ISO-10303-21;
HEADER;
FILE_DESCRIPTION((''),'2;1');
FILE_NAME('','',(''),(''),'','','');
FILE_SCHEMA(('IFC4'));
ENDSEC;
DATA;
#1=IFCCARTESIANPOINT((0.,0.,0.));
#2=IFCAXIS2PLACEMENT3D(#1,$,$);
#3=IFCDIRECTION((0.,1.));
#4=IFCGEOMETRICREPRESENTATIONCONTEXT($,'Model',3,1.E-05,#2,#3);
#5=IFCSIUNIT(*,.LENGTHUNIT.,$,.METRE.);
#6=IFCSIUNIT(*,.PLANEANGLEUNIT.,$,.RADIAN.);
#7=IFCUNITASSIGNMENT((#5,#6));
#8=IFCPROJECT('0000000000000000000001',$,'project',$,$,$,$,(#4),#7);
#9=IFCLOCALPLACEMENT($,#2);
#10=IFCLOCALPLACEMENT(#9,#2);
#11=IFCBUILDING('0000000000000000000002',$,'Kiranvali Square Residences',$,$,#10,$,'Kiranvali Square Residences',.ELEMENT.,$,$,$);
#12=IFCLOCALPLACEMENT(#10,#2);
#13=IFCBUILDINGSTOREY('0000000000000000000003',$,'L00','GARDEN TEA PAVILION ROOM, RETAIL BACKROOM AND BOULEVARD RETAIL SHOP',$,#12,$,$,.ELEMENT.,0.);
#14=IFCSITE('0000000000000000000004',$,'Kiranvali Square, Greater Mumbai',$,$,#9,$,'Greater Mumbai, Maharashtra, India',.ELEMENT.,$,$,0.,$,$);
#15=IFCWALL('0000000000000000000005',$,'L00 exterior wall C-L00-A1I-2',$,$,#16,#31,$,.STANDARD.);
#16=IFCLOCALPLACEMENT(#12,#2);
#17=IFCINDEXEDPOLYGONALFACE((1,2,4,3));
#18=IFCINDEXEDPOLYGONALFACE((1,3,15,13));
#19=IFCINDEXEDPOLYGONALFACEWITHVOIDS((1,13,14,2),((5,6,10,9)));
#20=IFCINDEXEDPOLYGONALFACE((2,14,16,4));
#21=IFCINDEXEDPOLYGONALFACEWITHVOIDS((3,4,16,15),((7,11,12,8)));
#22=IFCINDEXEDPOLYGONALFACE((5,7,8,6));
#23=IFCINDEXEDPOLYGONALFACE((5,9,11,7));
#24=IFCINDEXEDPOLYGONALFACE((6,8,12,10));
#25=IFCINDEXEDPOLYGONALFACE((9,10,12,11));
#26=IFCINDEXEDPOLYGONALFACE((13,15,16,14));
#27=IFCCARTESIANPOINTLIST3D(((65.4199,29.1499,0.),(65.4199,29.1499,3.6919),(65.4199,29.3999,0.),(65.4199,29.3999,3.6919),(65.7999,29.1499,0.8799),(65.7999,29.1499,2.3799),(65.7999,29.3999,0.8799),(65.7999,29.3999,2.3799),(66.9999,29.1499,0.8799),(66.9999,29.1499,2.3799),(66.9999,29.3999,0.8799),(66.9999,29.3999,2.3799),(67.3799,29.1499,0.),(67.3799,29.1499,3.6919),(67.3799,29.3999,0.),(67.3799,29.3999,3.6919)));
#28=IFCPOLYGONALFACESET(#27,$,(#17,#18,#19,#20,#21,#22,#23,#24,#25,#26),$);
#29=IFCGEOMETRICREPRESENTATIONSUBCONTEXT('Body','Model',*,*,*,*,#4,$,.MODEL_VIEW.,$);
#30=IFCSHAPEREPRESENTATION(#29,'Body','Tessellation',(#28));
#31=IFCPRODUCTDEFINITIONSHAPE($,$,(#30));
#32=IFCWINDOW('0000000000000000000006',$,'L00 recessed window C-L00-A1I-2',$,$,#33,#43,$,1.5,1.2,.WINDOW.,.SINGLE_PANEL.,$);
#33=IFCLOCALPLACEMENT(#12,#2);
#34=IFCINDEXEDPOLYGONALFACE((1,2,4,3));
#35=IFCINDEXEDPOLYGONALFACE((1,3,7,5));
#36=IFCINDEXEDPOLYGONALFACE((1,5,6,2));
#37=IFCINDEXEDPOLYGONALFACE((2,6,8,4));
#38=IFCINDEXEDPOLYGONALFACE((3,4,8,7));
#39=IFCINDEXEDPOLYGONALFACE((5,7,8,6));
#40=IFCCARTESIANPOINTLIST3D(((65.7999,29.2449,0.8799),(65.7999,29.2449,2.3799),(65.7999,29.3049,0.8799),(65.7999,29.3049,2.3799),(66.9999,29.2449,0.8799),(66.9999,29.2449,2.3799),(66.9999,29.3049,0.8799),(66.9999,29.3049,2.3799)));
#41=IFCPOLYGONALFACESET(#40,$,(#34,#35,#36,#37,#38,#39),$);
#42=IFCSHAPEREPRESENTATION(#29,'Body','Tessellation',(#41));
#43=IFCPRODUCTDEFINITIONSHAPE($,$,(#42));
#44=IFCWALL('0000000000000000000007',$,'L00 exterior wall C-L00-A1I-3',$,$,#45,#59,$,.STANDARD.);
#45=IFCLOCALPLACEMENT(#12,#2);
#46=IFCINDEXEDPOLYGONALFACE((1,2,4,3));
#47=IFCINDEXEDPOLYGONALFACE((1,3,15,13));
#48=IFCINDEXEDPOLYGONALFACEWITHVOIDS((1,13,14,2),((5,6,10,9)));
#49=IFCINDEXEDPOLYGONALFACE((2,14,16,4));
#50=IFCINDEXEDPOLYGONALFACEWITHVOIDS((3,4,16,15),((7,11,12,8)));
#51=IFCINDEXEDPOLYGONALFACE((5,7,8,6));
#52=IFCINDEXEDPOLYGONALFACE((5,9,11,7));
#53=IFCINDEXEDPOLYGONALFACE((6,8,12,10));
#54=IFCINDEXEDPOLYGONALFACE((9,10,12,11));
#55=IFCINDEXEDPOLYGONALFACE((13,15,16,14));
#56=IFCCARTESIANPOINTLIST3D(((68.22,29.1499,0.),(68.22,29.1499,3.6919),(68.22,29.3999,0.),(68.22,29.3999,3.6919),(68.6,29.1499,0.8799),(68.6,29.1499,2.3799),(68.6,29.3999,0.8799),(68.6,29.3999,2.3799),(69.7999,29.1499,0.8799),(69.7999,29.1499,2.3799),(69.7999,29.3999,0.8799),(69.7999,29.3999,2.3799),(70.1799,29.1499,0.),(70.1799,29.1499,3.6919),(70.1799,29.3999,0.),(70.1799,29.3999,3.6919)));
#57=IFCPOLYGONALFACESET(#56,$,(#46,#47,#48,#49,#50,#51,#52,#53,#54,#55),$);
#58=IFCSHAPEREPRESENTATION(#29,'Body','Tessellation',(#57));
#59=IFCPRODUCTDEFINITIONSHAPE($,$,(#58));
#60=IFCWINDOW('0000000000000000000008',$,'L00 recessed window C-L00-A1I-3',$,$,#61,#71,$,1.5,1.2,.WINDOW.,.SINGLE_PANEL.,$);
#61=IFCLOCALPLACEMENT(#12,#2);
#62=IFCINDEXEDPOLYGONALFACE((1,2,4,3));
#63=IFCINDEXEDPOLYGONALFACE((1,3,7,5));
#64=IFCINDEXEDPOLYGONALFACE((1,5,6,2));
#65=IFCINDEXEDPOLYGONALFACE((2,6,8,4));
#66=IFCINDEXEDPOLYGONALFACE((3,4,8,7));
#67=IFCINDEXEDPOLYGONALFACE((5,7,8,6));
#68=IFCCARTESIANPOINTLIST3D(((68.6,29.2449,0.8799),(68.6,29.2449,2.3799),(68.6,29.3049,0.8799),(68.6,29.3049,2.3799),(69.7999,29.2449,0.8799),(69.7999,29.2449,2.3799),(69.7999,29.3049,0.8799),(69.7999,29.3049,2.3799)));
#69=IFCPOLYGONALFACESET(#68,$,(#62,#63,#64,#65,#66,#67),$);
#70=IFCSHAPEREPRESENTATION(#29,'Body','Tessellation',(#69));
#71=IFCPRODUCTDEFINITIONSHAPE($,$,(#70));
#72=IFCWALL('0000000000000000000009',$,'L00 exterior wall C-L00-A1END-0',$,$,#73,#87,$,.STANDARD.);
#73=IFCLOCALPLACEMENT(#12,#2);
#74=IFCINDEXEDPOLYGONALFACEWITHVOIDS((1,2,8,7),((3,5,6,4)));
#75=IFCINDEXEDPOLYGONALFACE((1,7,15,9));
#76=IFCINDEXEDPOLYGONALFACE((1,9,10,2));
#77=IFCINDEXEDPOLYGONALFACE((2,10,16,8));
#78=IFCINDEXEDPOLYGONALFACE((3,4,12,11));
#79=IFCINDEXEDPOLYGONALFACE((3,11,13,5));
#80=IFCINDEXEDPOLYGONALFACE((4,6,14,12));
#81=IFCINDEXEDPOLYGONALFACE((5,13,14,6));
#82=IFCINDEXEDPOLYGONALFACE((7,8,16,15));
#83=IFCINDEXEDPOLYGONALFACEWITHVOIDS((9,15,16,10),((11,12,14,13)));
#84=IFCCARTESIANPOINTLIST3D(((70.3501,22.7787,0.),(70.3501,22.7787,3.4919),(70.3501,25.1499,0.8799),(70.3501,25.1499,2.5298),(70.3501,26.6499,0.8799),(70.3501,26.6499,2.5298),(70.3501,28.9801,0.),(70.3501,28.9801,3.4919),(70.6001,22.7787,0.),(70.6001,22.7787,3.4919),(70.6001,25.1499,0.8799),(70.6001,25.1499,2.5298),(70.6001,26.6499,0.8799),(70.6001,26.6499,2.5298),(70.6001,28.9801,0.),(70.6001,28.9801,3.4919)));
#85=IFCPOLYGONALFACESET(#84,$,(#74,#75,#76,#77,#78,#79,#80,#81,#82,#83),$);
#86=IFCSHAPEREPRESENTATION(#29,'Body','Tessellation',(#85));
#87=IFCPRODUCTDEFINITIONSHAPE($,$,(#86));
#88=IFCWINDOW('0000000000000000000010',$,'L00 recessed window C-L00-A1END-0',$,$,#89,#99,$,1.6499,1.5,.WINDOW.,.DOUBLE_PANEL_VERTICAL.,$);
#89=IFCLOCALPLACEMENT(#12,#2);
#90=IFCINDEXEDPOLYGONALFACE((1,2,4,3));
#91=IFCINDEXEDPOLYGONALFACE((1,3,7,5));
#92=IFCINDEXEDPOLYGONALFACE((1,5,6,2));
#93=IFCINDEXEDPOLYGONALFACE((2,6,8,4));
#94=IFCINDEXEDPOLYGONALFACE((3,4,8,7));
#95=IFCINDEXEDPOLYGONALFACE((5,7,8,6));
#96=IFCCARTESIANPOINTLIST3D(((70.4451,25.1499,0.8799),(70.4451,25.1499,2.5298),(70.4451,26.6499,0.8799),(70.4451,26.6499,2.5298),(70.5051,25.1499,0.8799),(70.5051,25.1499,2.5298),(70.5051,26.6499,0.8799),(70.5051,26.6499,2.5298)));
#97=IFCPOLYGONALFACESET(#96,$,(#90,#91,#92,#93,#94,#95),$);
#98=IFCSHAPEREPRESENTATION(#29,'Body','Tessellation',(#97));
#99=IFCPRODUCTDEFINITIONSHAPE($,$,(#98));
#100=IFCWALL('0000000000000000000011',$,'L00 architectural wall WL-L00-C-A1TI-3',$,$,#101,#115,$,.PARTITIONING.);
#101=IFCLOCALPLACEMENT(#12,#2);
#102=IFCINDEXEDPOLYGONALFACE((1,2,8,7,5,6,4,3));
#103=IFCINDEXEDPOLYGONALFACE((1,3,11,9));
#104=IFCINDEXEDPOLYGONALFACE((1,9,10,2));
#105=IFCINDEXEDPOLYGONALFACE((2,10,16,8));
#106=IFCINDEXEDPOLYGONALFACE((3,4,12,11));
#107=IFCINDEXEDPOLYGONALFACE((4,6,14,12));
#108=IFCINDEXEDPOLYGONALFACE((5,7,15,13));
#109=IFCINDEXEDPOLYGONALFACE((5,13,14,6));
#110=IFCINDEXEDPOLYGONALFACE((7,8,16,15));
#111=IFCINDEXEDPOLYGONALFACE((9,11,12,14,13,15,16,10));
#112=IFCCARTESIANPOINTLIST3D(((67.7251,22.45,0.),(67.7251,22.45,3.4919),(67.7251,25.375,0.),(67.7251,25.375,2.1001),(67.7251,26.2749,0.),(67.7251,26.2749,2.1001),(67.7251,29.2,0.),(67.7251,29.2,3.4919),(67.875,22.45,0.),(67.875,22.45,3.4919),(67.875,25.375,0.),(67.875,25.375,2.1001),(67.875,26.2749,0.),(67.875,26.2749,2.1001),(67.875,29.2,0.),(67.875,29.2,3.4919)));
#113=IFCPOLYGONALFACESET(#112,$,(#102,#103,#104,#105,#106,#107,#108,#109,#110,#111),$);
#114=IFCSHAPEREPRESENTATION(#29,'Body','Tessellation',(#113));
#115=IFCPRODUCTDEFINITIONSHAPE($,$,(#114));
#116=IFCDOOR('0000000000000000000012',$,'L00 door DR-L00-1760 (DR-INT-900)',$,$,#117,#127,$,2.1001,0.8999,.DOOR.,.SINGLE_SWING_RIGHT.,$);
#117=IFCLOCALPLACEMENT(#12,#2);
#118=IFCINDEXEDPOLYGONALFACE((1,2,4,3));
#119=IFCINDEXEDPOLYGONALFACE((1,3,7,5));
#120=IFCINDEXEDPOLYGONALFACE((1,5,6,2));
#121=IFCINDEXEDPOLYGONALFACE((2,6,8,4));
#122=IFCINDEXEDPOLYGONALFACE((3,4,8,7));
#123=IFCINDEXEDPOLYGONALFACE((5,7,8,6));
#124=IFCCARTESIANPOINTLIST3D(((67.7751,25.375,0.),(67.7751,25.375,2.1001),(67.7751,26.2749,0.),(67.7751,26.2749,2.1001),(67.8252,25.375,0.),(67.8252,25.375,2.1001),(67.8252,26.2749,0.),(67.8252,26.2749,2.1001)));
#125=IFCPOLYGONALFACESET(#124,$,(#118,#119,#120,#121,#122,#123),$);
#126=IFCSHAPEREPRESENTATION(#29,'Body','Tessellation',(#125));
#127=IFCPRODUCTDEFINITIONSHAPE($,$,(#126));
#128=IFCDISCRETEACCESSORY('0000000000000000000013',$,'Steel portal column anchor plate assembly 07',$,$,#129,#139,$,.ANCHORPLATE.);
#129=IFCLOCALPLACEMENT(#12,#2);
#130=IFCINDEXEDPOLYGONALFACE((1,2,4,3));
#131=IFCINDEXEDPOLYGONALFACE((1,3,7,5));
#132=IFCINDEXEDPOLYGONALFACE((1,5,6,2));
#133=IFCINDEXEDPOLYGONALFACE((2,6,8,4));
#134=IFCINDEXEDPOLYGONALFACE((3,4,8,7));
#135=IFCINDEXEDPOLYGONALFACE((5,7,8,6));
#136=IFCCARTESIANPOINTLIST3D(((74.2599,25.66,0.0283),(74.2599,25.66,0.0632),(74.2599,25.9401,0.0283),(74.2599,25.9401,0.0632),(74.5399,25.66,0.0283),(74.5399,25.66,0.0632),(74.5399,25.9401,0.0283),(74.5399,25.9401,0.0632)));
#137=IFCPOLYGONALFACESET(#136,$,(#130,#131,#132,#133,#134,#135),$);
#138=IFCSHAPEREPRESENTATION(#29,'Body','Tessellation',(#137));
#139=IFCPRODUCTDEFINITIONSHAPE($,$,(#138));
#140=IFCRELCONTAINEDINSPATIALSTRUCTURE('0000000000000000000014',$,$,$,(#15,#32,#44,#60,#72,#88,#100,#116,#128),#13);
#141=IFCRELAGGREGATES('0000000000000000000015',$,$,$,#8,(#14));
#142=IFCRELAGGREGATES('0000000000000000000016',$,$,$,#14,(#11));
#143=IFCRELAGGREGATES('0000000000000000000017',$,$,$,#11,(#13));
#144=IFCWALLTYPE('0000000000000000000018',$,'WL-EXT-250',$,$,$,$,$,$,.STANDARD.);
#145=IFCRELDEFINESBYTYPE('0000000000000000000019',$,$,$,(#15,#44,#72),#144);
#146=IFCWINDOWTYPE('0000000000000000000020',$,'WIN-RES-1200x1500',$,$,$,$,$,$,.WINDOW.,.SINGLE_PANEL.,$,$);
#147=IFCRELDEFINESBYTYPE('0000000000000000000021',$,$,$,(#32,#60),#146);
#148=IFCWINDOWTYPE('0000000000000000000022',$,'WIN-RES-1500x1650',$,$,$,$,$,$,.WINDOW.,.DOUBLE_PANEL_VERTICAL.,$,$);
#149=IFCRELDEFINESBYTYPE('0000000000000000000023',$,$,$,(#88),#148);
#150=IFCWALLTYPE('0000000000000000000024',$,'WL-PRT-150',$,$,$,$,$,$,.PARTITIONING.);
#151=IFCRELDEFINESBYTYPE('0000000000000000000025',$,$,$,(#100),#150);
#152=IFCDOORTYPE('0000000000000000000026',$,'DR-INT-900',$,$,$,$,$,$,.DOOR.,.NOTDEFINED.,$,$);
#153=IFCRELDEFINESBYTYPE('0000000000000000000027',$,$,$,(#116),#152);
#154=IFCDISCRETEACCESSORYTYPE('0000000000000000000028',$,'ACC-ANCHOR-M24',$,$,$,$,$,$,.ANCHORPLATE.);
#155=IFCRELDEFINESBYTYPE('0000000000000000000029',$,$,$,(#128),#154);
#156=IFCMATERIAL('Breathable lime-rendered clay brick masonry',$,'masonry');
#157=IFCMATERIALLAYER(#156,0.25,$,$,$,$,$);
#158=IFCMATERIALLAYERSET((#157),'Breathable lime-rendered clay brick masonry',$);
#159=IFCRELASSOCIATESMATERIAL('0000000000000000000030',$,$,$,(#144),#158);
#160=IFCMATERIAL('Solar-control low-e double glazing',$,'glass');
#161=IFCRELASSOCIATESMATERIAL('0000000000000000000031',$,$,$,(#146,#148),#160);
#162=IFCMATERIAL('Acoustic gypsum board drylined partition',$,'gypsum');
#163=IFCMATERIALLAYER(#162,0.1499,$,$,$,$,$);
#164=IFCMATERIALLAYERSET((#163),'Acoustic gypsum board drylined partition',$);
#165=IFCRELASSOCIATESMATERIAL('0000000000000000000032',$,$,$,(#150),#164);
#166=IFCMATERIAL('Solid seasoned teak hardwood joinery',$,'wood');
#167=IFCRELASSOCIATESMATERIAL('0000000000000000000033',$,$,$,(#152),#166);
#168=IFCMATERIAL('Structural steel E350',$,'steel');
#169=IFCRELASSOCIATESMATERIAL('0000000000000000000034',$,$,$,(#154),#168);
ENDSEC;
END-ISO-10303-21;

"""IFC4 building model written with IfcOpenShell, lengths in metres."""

from ifc_helpers import new_model, si_unit, direction, frame, frame_2d, origin, origin_2d, place, context, subcontext, project, spatial, rectangle, extrude, material, layer, layer_set, type_object, element, fill, save


model = new_model("IFC4")

# Units and contexts
model_context = context("Model", 3, precision=1e-05, world=origin(), true_north=direction((0.0, 1.0)))
body_context = subcontext(model_context, "Body", "Model", "MODEL_VIEW")
ifc_project = project(units=[si_unit("LENGTHUNIT", "METRE"), si_unit("PLANEANGLEUNIT", "RADIAN")], contexts=[model_context])

# Site, building, storey
site_placement = place(None, origin())
site = spatial("IfcSite", under=ifc_project, at=site_placement, Name="Kiranvali Square, Greater Mumbai", LongName="Greater Mumbai, Maharashtra, India", CompositionType="ELEMENT", RefElevation=0.0)
building_placement = place(site_placement, origin())
building = spatial("IfcBuilding", under=site, at=building_placement, Name="Kiranvali Square Residences", LongName="Kiranvali Square Residences", CompositionType="ELEMENT")
storey_placement = place(building_placement, origin())
storey = spatial("IfcBuildingStorey", under=building, at=storey_placement, Name="L00", Description="GARDEN TEA PAVILION ROOM, RETAIL BACKROOM AND BOULEVARD RETAIL SHOP", CompositionType="ELEMENT", Elevation=0.0)

# Shared definitions
ifc_material_1 = material(Name="Structural steel E350", Category="steel")

# Walls, openings, windows
ifc_material_2 = material(Name="Breathable lime-rendered clay brick masonry", Category="masonry")
ifc_layer_1 = layer(ifc_material_2, 0.25)
ifc_layer_set_1 = layer_set([ifc_layer_1], Name="Breathable lime-rendered clay brick masonry")
wall_type_1 = type_object("IfcWallType", Name="WL-EXT-250", PredefinedType="STANDARD", material=ifc_layer_set_1)
wall_1_placement = place(storey_placement, frame((65.4199, 29.2749, 0.0), z_axis=(0.0, 0.0, 1.0), x_axis=(1.0, 0.0, 0.0)))
wall_1 = element("IfcWall", 1, at=wall_1_placement, inside=storey, type_object=wall_type_1, Name="L00 exterior wall C-L00-A1I-2", PredefinedType="STANDARD", context=body_context, shape_type="SweptSolid", body=[
    extrude(rectangle(XDim=1.96, YDim=0.25, at=frame_2d((0.98, 0.0))), origin(), (0.0, 0.0, 1.0), 3.6919),
])
opening_1_placement = place(wall_1_placement, frame((0.3799, 0.0, 0.8799)))
opening_1 = element("IfcOpeningElement", 2, at=opening_1_placement, cuts=wall_1, PredefinedType="OPENING", context=body_context, shape_type="SweptSolid", body=[
    extrude(rectangle(XDim=1.2, YDim=1.5, at=frame_2d((0.6001, 0.75))), frame((0.0, 0.135, 0.0), z_axis=(0.0, -1.0, 0.0), x_axis=(1.0, 0.0, 0.0)), (0.0, 0.0, 1.0), 0.27),
])
ifc_material_3 = material(Name="Solar-control low-e double glazing", Category="glass")
window_type_1 = type_object("IfcWindowType", Name="WIN-RES-1200x1500", PartitioningType="SINGLE_PANEL", PredefinedType="WINDOW", material=ifc_material_3)
window_1_placement = place(opening_1_placement, origin())
window_1 = element("IfcWindow", 3, at=window_1_placement, inside=storey, type_object=window_type_1, Name="L00 recessed window C-L00-A1I-2", OverallHeight=1.5, OverallWidth=1.2, PartitioningType="SINGLE_PANEL", PredefinedType="WINDOW", context=body_context, shape_type="SweptSolid", body=[
    extrude(rectangle(XDim=1.2, YDim=1.5, at=frame_2d((0.6001, 0.75))), frame((0.0, 0.03, 0.0), z_axis=(0.0, -1.0, 0.0), x_axis=(1.0, 0.0, 0.0)), (0.0, 0.0, 1.0), 0.0601),
])
fill(opening_1, window_1)
wall_2_placement = place(storey_placement, frame((68.22, 29.2749, 0.0), z_axis=(0.0, 0.0, 1.0), x_axis=(1.0, 0.0, 0.0)))
wall_2 = element("IfcWall", 4, at=wall_2_placement, inside=storey, type_object=wall_type_1, Name="L00 exterior wall C-L00-A1I-3", PredefinedType="STANDARD", context=body_context, shape_type="SweptSolid", body=[
    extrude(rectangle(XDim=1.96, YDim=0.25, at=frame_2d((0.98, 0.0))), origin(), (0.0, 0.0, 1.0), 3.6919),
])
opening_2_placement = place(wall_2_placement, frame((0.3799, 0.0, 0.8799)))
opening_2 = element("IfcOpeningElement", 5, at=opening_2_placement, cuts=wall_2, PredefinedType="OPENING", context=body_context, shape_type="SweptSolid", body=[
    extrude(rectangle(XDim=1.2, YDim=1.5, at=frame_2d((0.6001, 0.75))), frame((0.0, 0.135, 0.0), z_axis=(0.0, -1.0, 0.0), x_axis=(1.0, 0.0, 0.0)), (0.0, 0.0, 1.0), 0.27),
])
window_2_placement = place(opening_2_placement, origin())
window_2 = element("IfcWindow", 6, at=window_2_placement, inside=storey, type_object=window_type_1, Name="L00 recessed window C-L00-A1I-3", OverallHeight=1.5, OverallWidth=1.2, PartitioningType="SINGLE_PANEL", PredefinedType="WINDOW", context=body_context, shape_type="SweptSolid", body=[
    extrude(rectangle(XDim=1.2, YDim=1.5, at=frame_2d((0.6001, 0.75))), frame((0.0, 0.03, 0.0), z_axis=(0.0, -1.0, 0.0), x_axis=(1.0, 0.0, 0.0)), (0.0, 0.0, 1.0), 0.0601),
])
fill(opening_2, window_2)
wall_3_placement = place(storey_placement, frame((70.4751, 28.98, 0.0), z_axis=(0.0, 0.0, 1.0), x_axis=(0.0, -1.0, 0.0)))
wall_3 = element("IfcWall", 7, at=wall_3_placement, inside=storey, type_object=wall_type_1, Name="L00 exterior wall C-L00-A1END-0", PredefinedType="STANDARD", context=body_context, shape_type="SweptSolid", body=[
    extrude(rectangle(XDim=6.2014, YDim=0.25, at=frame_2d((3.1006, 0.0))), origin(), (0.0, 0.0, 1.0), 3.4919),
])
opening_3_placement = place(wall_3_placement, frame((2.3301, 0.0, 0.8799)))
opening_3 = element("IfcOpeningElement", 8, at=opening_3_placement, cuts=wall_3, PredefinedType="OPENING", context=body_context, shape_type="SweptSolid", body=[
    extrude(rectangle(XDim=1.5, YDim=1.6499, at=frame_2d((0.75, 0.825))), frame((0.0, 0.135, 0.0), z_axis=(0.0, -1.0, 0.0), x_axis=(1.0, 0.0, 0.0)), (0.0, 0.0, 1.0), 0.27),
])
window_type_2 = type_object("IfcWindowType", Name="WIN-RES-1500x1650", PartitioningType="DOUBLE_PANEL_VERTICAL", PredefinedType="WINDOW", material=ifc_material_3)
window_3_placement = place(opening_3_placement, origin())
window_3 = element("IfcWindow", 9, at=window_3_placement, inside=storey, type_object=window_type_2, Name="L00 recessed window C-L00-A1END-0", OverallHeight=1.6499, OverallWidth=1.5, PartitioningType="DOUBLE_PANEL_VERTICAL", PredefinedType="WINDOW", context=body_context, shape_type="SweptSolid", body=[
    extrude(rectangle(XDim=1.5, YDim=1.6499, at=frame_2d((0.75, 0.825))), frame((0.0, 0.03, 0.0), z_axis=(0.0, -1.0, 0.0), x_axis=(1.0, 0.0, 0.0)), (0.0, 0.0, 1.0), 0.0601),
])
fill(opening_3, window_3)

# Wall, opening, door
ifc_material_4 = material(Name="Acoustic gypsum board drylined partition", Category="gypsum")
ifc_layer_2 = layer(ifc_material_4, 0.1499)
ifc_layer_set_2 = layer_set([ifc_layer_2], Name="Acoustic gypsum board drylined partition")
wall_type_2 = type_object("IfcWallType", Name="WL-PRT-150", PredefinedType="PARTITIONING", material=ifc_layer_set_2)
wall_4_placement = place(storey_placement, frame((67.8, 29.2, 0.0), z_axis=(0.0, 0.0, 1.0), x_axis=(0.0, -1.0, 0.0)))
wall_4 = element("IfcWall", 10, at=wall_4_placement, inside=storey, type_object=wall_type_2, Name="L00 architectural wall WL-L00-C-A1TI-3", PredefinedType="PARTITIONING", context=body_context, shape_type="SweptSolid", body=[
    extrude(rectangle(XDim=6.75, YDim=0.1499, at=frame_2d((3.375, 0.0))), origin(), (0.0, 0.0, 1.0), 3.4919),
])
opening_4_placement = place(wall_4_placement, frame((2.925, 0.0, 0.0)))
opening_4 = element("IfcOpeningElement", 11, at=opening_4_placement, cuts=wall_4, PredefinedType="OPENING", context=body_context, shape_type="SweptSolid", body=[
    extrude(rectangle(XDim=0.8999, YDim=2.1001, at=frame_2d((0.45, 1.05))), frame((0.0, 0.085, 0.0), z_axis=(0.0, -1.0, 0.0), x_axis=(1.0, 0.0, 0.0)), (0.0, 0.0, 1.0), 0.1699),
])
ifc_material_5 = material(Name="Solid seasoned teak hardwood joinery", Category="wood")
door_type = type_object("IfcDoorType", Name="DR-INT-900", OperationType="NOTDEFINED", PredefinedType="DOOR", material=ifc_material_5)
door_placement = place(opening_4_placement, frame((0.8999, 0.0, 0.0), z_axis=(0.0, 0.0, 1.0), x_axis=(-1.0, 0.0, 0.0)))
door = element("IfcDoor", 12, at=door_placement, inside=storey, type_object=door_type, Name="L00 door DR-L00-1760 (DR-INT-900)", OperationType="SINGLE_SWING_RIGHT", OverallHeight=2.1001, OverallWidth=0.8999, PredefinedType="DOOR", context=body_context, shape_type="SweptSolid", body=[
    extrude(rectangle(XDim=0.8999, YDim=2.1001, at=frame_2d((0.45, 1.05))), frame((0.0, 0.0249, 0.0), z_axis=(0.0, -1.0, 0.0), x_axis=(1.0, 0.0, 0.0)), (0.0, 0.0, 1.0), 0.05),
])
fill(opening_4, door)

# Discrete accessory
discrete_accessory_type = type_object("IfcDiscreteAccessoryType", Name="ACC-ANCHOR-M24", PredefinedType="ANCHORPLATE", material=ifc_material_1)
discrete_accessory_placement = place(storey_placement, frame((74.3999, 25.8, 0.0283), z_axis=(0.0, 0.0, 1.0), x_axis=(1.0, 0.0, 0.0)))
element("IfcDiscreteAccessory", 13, at=discrete_accessory_placement, inside=storey, type_object=discrete_accessory_type, Name="Steel portal column anchor plate assembly 07", PredefinedType="ANCHORPLATE", context=body_context, shape_type="SweptSolid", body=[
    extrude(rectangle(XDim=0.28, YDim=0.28, at=origin_2d()), origin(), (0.0, 0.0, 1.0), 0.0349),
])

save(model, "model.ifc")
